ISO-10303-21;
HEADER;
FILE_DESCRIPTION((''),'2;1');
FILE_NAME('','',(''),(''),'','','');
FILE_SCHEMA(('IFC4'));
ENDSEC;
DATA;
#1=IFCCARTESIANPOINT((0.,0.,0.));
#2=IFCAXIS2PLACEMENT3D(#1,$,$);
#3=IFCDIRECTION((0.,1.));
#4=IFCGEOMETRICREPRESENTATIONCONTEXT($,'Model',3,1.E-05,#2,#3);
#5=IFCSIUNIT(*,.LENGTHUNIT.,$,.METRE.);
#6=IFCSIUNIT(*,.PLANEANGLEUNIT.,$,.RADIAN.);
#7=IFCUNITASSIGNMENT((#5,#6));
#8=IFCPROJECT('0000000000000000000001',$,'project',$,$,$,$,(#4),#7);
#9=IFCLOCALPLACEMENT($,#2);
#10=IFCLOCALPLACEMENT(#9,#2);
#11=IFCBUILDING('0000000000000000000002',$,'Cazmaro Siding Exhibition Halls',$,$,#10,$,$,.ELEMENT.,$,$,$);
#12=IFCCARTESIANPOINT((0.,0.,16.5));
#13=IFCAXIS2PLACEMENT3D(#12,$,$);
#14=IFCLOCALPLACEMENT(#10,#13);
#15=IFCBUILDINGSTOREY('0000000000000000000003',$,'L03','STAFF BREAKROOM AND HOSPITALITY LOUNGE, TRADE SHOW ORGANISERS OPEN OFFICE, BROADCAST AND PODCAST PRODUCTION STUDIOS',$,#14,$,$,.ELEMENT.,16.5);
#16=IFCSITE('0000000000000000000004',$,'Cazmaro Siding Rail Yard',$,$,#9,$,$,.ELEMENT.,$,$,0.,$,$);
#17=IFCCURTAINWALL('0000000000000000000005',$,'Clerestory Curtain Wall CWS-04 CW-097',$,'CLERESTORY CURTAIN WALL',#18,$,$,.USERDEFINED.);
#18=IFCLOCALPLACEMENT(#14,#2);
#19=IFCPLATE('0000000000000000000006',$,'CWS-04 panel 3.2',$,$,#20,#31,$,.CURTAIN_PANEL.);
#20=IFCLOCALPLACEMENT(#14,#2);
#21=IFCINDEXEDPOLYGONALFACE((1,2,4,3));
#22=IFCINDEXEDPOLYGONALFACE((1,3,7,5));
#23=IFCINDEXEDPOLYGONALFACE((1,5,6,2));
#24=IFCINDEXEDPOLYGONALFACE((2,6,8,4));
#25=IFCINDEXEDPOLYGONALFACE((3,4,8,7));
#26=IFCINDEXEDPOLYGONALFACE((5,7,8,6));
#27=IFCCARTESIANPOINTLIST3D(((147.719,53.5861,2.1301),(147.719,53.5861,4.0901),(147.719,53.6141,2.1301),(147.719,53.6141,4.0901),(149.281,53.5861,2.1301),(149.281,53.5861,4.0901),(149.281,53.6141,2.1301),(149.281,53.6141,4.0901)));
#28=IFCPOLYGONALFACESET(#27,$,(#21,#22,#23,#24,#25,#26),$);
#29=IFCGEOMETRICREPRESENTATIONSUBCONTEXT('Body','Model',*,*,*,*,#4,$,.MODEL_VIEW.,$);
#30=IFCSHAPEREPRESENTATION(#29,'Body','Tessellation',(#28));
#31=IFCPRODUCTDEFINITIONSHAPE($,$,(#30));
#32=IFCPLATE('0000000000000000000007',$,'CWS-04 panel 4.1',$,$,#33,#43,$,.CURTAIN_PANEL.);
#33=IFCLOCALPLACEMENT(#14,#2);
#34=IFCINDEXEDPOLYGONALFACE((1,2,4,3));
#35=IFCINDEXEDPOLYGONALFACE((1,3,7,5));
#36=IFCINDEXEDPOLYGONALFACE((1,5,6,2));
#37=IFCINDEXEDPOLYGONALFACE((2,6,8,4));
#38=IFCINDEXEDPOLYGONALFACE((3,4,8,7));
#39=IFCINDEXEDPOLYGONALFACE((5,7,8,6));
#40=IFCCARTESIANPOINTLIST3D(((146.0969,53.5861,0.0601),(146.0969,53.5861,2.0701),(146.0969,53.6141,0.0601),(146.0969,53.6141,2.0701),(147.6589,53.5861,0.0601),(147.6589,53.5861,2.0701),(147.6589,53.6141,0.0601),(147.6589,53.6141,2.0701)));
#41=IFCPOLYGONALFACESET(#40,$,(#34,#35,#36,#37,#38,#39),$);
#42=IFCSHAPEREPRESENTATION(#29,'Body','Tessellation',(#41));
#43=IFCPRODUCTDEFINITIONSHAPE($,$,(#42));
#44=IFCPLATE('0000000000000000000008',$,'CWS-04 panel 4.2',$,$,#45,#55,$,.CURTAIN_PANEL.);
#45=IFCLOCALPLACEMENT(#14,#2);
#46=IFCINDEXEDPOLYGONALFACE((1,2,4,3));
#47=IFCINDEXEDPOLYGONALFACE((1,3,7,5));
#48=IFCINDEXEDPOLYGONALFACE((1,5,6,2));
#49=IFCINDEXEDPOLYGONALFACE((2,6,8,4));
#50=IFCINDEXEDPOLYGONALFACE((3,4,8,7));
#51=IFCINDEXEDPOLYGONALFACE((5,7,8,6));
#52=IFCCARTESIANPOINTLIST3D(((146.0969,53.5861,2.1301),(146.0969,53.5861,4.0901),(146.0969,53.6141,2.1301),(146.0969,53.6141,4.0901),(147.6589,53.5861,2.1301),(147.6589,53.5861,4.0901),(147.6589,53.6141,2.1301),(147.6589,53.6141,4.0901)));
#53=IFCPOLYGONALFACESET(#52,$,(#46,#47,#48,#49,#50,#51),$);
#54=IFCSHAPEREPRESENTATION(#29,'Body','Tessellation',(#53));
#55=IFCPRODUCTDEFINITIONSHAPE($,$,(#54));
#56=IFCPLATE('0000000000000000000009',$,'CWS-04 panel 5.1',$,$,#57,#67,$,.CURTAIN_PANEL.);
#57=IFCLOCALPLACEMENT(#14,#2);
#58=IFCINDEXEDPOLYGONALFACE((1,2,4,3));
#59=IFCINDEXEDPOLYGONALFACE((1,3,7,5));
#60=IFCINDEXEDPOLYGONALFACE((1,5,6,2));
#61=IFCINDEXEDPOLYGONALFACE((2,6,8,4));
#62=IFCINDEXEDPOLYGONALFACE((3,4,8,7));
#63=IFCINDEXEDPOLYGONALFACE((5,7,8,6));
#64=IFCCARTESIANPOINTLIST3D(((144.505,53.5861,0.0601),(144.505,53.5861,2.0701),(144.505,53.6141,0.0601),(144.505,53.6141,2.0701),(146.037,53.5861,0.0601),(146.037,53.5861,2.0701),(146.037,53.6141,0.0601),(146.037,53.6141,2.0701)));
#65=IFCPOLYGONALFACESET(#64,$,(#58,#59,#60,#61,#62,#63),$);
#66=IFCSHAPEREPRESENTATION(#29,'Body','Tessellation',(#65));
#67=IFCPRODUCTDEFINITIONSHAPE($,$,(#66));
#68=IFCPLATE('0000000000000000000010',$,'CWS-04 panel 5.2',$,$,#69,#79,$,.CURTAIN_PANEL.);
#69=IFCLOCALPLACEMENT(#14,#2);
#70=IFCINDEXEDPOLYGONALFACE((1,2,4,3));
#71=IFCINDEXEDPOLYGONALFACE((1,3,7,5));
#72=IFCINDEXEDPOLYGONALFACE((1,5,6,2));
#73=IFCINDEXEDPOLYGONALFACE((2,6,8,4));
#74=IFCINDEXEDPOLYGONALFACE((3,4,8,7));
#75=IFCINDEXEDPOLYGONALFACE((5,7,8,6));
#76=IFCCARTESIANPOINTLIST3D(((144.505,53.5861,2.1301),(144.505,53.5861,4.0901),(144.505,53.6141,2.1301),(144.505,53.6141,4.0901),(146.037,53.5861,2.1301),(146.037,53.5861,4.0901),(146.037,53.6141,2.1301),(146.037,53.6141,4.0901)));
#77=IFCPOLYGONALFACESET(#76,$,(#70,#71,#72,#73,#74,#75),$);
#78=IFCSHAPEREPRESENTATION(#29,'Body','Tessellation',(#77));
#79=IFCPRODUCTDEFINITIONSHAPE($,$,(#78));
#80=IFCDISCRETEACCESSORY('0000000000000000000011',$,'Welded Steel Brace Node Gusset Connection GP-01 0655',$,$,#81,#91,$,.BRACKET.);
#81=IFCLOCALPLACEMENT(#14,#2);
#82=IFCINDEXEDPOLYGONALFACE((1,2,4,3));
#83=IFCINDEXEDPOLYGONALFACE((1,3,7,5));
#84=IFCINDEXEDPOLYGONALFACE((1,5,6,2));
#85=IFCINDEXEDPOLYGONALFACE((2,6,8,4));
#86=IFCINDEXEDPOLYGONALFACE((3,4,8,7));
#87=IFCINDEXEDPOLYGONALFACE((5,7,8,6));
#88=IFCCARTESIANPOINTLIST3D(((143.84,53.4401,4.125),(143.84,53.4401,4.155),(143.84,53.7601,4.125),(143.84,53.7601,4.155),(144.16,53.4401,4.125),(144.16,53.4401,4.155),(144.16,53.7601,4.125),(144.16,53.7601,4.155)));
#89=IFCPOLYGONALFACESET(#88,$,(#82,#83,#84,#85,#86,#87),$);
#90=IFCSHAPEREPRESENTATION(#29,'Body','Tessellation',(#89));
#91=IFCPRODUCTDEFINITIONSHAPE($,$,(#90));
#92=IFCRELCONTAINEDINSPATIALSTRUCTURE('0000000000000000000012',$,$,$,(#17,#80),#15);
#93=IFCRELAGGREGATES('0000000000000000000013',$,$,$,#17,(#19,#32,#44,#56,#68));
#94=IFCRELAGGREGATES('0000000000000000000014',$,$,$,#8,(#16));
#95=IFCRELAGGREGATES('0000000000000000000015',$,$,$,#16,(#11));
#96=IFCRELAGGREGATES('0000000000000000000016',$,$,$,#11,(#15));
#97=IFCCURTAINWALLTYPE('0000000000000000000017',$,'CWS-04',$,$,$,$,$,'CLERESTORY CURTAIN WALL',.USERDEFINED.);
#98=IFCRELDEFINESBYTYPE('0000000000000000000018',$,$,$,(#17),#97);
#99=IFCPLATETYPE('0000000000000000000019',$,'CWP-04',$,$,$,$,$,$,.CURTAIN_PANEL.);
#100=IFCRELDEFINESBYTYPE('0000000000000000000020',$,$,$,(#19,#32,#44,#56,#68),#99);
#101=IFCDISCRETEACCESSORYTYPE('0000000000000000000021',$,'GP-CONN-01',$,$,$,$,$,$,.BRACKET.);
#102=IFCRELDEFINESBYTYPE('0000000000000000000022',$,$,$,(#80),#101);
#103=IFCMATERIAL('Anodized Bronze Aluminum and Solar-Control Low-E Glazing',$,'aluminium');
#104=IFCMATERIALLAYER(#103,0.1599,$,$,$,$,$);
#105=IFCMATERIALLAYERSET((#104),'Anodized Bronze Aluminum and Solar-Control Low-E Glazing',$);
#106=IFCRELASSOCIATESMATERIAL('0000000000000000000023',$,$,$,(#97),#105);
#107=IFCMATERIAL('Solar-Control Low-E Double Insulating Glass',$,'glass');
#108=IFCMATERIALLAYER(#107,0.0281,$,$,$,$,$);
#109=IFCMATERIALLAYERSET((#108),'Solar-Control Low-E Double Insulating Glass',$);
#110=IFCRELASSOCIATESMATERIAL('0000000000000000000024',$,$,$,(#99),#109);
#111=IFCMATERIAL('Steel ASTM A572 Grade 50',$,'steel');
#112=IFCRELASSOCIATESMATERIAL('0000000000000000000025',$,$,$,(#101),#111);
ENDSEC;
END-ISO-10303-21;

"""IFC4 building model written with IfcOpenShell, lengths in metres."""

from ifc_helpers import new_model, si_unit, direction, frame, origin, origin_2d, place, context, subcontext, project, spatial, rectangle, extrude, material, layer, layer_set, type_object, element, aggregate, save


model = new_model("IFC4")

# Units and contexts
model_context = context("Model", 3, precision=1e-05, world=origin(), true_north=direction((0.0, 1.0)))
body_context = subcontext(model_context, "Body", "Model", "MODEL_VIEW")
ifc_project = project(units=[si_unit("LENGTHUNIT", "METRE"), si_unit("PLANEANGLEUNIT", "RADIAN")], contexts=[model_context])

# Site, building, storey
site_placement = place(None, origin())
site = spatial("IfcSite", under=ifc_project, at=site_placement, Name="Cazmaro Siding Rail Yard", CompositionType="ELEMENT", RefElevation=0.0)
building_placement = place(site_placement, origin())
building = spatial("IfcBuilding", under=site, at=building_placement, Name="Cazmaro Siding Exhibition Halls", CompositionType="ELEMENT")
storey_placement = place(building_placement, frame((0.0, 0.0, 16.5)))
storey = spatial("IfcBuildingStorey", under=building, at=storey_placement, Name="L03", Description="STAFF BREAKROOM AND HOSPITALITY LOUNGE, TRADE SHOW ORGANISERS OPEN OFFICE, BROADCAST AND PODCAST PRODUCTION STUDIOS", CompositionType="ELEMENT", Elevation=16.5)

# Curtain wall
ifc_material_1 = material(Name="Anodized Bronze Aluminum and Solar-Control Low-E Glazing", Category="aluminium")
ifc_layer_1 = layer(ifc_material_1, 0.1599)
ifc_layer_set_1 = layer_set([ifc_layer_1], Name="Anodized Bronze Aluminum and Solar-Control Low-E Glazing")
curtain_wall_type = type_object("IfcCurtainWallType", Name="CWS-04", ElementType="CLERESTORY CURTAIN WALL", PredefinedType="USERDEFINED", material=ifc_layer_set_1)
curtain_wall_placement = place(storey_placement, origin())
curtain_wall = element("IfcCurtainWall", 1, at=curtain_wall_placement, inside=storey, type_object=curtain_wall_type, Name="Clerestory Curtain Wall CWS-04 CW-097", ObjectType="CLERESTORY CURTAIN WALL", PredefinedType="USERDEFINED")

# Plates
ifc_material_2 = material(Name="Solar-Control Low-E Double Insulating Glass", Category="glass")
ifc_layer_2 = layer(ifc_material_2, 0.0281)
ifc_layer_set_2 = layer_set([ifc_layer_2], Name="Solar-Control Low-E Double Insulating Glass")
plate_type = type_object("IfcPlateType", Name="CWP-04", PredefinedType="CURTAIN_PANEL", material=ifc_layer_set_2)
plate_1_placement = place(storey_placement, frame((148.5, 53.6001, 2.1301), z_axis=(0.0, 0.0, 1.0), x_axis=(-1.0, 0.0, 0.0)))
plate_1 = element("IfcPlate", 2, at=plate_1_placement, type_object=plate_type, Name="CWS-04 panel 3.2", PredefinedType="CURTAIN_PANEL", context=body_context, shape_type="SweptSolid", body=[
    extrude(rectangle(XDim=1.562, YDim=0.0281, at=origin_2d()), origin(), (0.0, 0.0, 1.0), 1.96),
])
plate_2_placement = place(storey_placement, frame((146.8779, 53.6001, 0.0601), z_axis=(0.0, 0.0, 1.0), x_axis=(-1.0, 0.0, 0.0)))
plate_2 = element("IfcPlate", 3, at=plate_2_placement, type_object=plate_type, Name="CWS-04 panel 4.1", PredefinedType="CURTAIN_PANEL", context=body_context, shape_type="SweptSolid", body=[
    extrude(rectangle(XDim=1.562, YDim=0.0281, at=origin_2d()), origin(), (0.0, 0.0, 1.0), 2.01),
])
plate_3_placement = place(storey_placement, frame((146.8779, 53.6001, 2.1301), z_axis=(0.0, 0.0, 1.0), x_axis=(-1.0, 0.0, 0.0)))
plate_3 = element("IfcPlate", 4, at=plate_3_placement, type_object=plate_type, Name="CWS-04 panel 4.2", PredefinedType="CURTAIN_PANEL", context=body_context, shape_type="SweptSolid", body=[
    extrude(rectangle(XDim=1.562, YDim=0.0281, at=origin_2d()), origin(), (0.0, 0.0, 1.0), 1.96),
])
plate_4_placement = place(storey_placement, frame((145.271, 53.6001, 0.0601), z_axis=(0.0, 0.0, 1.0), x_axis=(-1.0, 0.0, 0.0)))
plate_4 = element("IfcPlate", 5, at=plate_4_placement, type_object=plate_type, Name="CWS-04 panel 5.1", PredefinedType="CURTAIN_PANEL", context=body_context, shape_type="SweptSolid", body=[
    extrude(rectangle(XDim=1.532, YDim=0.0281, at=origin_2d()), origin(), (0.0, 0.0, 1.0), 2.01),
])
plate_5_placement = place(storey_placement, frame((145.271, 53.6001, 2.1301), z_axis=(0.0, 0.0, 1.0), x_axis=(-1.0, 0.0, 0.0)))
plate_5 = element("IfcPlate", 6, at=plate_5_placement, type_object=plate_type, Name="CWS-04 panel 5.2", PredefinedType="CURTAIN_PANEL", context=body_context, shape_type="SweptSolid", body=[
    extrude(rectangle(XDim=1.532, YDim=0.0281, at=origin_2d()), origin(), (0.0, 0.0, 1.0), 1.96),
])
aggregate(curtain_wall, [plate_1, plate_2, plate_3, plate_4, plate_5])

# Discrete accessory
ifc_material_3 = material(Name="Steel ASTM A572 Grade 50", Category="steel")
discrete_accessory_type = type_object("IfcDiscreteAccessoryType", Name="GP-CONN-01", PredefinedType="BRACKET", material=ifc_material_3)
discrete_accessory_placement = place(storey_placement, frame((144.0, 53.6001, 4.125), z_axis=(0.0, 0.0, 1.0), x_axis=(1.0, 0.0, 0.0)))
element("IfcDiscreteAccessory", 7, at=discrete_accessory_placement, inside=storey, type_object=discrete_accessory_type, Name="Welded Steel Brace Node Gusset Connection GP-01 0655", PredefinedType="BRACKET", context=body_context, shape_type="SweptSolid", body=[
    extrude(rectangle(XDim=0.3201, YDim=0.3201, at=origin_2d()), origin(), (0.0, 0.0, 1.0), 0.03),
])

save(model, "model.ifc")
